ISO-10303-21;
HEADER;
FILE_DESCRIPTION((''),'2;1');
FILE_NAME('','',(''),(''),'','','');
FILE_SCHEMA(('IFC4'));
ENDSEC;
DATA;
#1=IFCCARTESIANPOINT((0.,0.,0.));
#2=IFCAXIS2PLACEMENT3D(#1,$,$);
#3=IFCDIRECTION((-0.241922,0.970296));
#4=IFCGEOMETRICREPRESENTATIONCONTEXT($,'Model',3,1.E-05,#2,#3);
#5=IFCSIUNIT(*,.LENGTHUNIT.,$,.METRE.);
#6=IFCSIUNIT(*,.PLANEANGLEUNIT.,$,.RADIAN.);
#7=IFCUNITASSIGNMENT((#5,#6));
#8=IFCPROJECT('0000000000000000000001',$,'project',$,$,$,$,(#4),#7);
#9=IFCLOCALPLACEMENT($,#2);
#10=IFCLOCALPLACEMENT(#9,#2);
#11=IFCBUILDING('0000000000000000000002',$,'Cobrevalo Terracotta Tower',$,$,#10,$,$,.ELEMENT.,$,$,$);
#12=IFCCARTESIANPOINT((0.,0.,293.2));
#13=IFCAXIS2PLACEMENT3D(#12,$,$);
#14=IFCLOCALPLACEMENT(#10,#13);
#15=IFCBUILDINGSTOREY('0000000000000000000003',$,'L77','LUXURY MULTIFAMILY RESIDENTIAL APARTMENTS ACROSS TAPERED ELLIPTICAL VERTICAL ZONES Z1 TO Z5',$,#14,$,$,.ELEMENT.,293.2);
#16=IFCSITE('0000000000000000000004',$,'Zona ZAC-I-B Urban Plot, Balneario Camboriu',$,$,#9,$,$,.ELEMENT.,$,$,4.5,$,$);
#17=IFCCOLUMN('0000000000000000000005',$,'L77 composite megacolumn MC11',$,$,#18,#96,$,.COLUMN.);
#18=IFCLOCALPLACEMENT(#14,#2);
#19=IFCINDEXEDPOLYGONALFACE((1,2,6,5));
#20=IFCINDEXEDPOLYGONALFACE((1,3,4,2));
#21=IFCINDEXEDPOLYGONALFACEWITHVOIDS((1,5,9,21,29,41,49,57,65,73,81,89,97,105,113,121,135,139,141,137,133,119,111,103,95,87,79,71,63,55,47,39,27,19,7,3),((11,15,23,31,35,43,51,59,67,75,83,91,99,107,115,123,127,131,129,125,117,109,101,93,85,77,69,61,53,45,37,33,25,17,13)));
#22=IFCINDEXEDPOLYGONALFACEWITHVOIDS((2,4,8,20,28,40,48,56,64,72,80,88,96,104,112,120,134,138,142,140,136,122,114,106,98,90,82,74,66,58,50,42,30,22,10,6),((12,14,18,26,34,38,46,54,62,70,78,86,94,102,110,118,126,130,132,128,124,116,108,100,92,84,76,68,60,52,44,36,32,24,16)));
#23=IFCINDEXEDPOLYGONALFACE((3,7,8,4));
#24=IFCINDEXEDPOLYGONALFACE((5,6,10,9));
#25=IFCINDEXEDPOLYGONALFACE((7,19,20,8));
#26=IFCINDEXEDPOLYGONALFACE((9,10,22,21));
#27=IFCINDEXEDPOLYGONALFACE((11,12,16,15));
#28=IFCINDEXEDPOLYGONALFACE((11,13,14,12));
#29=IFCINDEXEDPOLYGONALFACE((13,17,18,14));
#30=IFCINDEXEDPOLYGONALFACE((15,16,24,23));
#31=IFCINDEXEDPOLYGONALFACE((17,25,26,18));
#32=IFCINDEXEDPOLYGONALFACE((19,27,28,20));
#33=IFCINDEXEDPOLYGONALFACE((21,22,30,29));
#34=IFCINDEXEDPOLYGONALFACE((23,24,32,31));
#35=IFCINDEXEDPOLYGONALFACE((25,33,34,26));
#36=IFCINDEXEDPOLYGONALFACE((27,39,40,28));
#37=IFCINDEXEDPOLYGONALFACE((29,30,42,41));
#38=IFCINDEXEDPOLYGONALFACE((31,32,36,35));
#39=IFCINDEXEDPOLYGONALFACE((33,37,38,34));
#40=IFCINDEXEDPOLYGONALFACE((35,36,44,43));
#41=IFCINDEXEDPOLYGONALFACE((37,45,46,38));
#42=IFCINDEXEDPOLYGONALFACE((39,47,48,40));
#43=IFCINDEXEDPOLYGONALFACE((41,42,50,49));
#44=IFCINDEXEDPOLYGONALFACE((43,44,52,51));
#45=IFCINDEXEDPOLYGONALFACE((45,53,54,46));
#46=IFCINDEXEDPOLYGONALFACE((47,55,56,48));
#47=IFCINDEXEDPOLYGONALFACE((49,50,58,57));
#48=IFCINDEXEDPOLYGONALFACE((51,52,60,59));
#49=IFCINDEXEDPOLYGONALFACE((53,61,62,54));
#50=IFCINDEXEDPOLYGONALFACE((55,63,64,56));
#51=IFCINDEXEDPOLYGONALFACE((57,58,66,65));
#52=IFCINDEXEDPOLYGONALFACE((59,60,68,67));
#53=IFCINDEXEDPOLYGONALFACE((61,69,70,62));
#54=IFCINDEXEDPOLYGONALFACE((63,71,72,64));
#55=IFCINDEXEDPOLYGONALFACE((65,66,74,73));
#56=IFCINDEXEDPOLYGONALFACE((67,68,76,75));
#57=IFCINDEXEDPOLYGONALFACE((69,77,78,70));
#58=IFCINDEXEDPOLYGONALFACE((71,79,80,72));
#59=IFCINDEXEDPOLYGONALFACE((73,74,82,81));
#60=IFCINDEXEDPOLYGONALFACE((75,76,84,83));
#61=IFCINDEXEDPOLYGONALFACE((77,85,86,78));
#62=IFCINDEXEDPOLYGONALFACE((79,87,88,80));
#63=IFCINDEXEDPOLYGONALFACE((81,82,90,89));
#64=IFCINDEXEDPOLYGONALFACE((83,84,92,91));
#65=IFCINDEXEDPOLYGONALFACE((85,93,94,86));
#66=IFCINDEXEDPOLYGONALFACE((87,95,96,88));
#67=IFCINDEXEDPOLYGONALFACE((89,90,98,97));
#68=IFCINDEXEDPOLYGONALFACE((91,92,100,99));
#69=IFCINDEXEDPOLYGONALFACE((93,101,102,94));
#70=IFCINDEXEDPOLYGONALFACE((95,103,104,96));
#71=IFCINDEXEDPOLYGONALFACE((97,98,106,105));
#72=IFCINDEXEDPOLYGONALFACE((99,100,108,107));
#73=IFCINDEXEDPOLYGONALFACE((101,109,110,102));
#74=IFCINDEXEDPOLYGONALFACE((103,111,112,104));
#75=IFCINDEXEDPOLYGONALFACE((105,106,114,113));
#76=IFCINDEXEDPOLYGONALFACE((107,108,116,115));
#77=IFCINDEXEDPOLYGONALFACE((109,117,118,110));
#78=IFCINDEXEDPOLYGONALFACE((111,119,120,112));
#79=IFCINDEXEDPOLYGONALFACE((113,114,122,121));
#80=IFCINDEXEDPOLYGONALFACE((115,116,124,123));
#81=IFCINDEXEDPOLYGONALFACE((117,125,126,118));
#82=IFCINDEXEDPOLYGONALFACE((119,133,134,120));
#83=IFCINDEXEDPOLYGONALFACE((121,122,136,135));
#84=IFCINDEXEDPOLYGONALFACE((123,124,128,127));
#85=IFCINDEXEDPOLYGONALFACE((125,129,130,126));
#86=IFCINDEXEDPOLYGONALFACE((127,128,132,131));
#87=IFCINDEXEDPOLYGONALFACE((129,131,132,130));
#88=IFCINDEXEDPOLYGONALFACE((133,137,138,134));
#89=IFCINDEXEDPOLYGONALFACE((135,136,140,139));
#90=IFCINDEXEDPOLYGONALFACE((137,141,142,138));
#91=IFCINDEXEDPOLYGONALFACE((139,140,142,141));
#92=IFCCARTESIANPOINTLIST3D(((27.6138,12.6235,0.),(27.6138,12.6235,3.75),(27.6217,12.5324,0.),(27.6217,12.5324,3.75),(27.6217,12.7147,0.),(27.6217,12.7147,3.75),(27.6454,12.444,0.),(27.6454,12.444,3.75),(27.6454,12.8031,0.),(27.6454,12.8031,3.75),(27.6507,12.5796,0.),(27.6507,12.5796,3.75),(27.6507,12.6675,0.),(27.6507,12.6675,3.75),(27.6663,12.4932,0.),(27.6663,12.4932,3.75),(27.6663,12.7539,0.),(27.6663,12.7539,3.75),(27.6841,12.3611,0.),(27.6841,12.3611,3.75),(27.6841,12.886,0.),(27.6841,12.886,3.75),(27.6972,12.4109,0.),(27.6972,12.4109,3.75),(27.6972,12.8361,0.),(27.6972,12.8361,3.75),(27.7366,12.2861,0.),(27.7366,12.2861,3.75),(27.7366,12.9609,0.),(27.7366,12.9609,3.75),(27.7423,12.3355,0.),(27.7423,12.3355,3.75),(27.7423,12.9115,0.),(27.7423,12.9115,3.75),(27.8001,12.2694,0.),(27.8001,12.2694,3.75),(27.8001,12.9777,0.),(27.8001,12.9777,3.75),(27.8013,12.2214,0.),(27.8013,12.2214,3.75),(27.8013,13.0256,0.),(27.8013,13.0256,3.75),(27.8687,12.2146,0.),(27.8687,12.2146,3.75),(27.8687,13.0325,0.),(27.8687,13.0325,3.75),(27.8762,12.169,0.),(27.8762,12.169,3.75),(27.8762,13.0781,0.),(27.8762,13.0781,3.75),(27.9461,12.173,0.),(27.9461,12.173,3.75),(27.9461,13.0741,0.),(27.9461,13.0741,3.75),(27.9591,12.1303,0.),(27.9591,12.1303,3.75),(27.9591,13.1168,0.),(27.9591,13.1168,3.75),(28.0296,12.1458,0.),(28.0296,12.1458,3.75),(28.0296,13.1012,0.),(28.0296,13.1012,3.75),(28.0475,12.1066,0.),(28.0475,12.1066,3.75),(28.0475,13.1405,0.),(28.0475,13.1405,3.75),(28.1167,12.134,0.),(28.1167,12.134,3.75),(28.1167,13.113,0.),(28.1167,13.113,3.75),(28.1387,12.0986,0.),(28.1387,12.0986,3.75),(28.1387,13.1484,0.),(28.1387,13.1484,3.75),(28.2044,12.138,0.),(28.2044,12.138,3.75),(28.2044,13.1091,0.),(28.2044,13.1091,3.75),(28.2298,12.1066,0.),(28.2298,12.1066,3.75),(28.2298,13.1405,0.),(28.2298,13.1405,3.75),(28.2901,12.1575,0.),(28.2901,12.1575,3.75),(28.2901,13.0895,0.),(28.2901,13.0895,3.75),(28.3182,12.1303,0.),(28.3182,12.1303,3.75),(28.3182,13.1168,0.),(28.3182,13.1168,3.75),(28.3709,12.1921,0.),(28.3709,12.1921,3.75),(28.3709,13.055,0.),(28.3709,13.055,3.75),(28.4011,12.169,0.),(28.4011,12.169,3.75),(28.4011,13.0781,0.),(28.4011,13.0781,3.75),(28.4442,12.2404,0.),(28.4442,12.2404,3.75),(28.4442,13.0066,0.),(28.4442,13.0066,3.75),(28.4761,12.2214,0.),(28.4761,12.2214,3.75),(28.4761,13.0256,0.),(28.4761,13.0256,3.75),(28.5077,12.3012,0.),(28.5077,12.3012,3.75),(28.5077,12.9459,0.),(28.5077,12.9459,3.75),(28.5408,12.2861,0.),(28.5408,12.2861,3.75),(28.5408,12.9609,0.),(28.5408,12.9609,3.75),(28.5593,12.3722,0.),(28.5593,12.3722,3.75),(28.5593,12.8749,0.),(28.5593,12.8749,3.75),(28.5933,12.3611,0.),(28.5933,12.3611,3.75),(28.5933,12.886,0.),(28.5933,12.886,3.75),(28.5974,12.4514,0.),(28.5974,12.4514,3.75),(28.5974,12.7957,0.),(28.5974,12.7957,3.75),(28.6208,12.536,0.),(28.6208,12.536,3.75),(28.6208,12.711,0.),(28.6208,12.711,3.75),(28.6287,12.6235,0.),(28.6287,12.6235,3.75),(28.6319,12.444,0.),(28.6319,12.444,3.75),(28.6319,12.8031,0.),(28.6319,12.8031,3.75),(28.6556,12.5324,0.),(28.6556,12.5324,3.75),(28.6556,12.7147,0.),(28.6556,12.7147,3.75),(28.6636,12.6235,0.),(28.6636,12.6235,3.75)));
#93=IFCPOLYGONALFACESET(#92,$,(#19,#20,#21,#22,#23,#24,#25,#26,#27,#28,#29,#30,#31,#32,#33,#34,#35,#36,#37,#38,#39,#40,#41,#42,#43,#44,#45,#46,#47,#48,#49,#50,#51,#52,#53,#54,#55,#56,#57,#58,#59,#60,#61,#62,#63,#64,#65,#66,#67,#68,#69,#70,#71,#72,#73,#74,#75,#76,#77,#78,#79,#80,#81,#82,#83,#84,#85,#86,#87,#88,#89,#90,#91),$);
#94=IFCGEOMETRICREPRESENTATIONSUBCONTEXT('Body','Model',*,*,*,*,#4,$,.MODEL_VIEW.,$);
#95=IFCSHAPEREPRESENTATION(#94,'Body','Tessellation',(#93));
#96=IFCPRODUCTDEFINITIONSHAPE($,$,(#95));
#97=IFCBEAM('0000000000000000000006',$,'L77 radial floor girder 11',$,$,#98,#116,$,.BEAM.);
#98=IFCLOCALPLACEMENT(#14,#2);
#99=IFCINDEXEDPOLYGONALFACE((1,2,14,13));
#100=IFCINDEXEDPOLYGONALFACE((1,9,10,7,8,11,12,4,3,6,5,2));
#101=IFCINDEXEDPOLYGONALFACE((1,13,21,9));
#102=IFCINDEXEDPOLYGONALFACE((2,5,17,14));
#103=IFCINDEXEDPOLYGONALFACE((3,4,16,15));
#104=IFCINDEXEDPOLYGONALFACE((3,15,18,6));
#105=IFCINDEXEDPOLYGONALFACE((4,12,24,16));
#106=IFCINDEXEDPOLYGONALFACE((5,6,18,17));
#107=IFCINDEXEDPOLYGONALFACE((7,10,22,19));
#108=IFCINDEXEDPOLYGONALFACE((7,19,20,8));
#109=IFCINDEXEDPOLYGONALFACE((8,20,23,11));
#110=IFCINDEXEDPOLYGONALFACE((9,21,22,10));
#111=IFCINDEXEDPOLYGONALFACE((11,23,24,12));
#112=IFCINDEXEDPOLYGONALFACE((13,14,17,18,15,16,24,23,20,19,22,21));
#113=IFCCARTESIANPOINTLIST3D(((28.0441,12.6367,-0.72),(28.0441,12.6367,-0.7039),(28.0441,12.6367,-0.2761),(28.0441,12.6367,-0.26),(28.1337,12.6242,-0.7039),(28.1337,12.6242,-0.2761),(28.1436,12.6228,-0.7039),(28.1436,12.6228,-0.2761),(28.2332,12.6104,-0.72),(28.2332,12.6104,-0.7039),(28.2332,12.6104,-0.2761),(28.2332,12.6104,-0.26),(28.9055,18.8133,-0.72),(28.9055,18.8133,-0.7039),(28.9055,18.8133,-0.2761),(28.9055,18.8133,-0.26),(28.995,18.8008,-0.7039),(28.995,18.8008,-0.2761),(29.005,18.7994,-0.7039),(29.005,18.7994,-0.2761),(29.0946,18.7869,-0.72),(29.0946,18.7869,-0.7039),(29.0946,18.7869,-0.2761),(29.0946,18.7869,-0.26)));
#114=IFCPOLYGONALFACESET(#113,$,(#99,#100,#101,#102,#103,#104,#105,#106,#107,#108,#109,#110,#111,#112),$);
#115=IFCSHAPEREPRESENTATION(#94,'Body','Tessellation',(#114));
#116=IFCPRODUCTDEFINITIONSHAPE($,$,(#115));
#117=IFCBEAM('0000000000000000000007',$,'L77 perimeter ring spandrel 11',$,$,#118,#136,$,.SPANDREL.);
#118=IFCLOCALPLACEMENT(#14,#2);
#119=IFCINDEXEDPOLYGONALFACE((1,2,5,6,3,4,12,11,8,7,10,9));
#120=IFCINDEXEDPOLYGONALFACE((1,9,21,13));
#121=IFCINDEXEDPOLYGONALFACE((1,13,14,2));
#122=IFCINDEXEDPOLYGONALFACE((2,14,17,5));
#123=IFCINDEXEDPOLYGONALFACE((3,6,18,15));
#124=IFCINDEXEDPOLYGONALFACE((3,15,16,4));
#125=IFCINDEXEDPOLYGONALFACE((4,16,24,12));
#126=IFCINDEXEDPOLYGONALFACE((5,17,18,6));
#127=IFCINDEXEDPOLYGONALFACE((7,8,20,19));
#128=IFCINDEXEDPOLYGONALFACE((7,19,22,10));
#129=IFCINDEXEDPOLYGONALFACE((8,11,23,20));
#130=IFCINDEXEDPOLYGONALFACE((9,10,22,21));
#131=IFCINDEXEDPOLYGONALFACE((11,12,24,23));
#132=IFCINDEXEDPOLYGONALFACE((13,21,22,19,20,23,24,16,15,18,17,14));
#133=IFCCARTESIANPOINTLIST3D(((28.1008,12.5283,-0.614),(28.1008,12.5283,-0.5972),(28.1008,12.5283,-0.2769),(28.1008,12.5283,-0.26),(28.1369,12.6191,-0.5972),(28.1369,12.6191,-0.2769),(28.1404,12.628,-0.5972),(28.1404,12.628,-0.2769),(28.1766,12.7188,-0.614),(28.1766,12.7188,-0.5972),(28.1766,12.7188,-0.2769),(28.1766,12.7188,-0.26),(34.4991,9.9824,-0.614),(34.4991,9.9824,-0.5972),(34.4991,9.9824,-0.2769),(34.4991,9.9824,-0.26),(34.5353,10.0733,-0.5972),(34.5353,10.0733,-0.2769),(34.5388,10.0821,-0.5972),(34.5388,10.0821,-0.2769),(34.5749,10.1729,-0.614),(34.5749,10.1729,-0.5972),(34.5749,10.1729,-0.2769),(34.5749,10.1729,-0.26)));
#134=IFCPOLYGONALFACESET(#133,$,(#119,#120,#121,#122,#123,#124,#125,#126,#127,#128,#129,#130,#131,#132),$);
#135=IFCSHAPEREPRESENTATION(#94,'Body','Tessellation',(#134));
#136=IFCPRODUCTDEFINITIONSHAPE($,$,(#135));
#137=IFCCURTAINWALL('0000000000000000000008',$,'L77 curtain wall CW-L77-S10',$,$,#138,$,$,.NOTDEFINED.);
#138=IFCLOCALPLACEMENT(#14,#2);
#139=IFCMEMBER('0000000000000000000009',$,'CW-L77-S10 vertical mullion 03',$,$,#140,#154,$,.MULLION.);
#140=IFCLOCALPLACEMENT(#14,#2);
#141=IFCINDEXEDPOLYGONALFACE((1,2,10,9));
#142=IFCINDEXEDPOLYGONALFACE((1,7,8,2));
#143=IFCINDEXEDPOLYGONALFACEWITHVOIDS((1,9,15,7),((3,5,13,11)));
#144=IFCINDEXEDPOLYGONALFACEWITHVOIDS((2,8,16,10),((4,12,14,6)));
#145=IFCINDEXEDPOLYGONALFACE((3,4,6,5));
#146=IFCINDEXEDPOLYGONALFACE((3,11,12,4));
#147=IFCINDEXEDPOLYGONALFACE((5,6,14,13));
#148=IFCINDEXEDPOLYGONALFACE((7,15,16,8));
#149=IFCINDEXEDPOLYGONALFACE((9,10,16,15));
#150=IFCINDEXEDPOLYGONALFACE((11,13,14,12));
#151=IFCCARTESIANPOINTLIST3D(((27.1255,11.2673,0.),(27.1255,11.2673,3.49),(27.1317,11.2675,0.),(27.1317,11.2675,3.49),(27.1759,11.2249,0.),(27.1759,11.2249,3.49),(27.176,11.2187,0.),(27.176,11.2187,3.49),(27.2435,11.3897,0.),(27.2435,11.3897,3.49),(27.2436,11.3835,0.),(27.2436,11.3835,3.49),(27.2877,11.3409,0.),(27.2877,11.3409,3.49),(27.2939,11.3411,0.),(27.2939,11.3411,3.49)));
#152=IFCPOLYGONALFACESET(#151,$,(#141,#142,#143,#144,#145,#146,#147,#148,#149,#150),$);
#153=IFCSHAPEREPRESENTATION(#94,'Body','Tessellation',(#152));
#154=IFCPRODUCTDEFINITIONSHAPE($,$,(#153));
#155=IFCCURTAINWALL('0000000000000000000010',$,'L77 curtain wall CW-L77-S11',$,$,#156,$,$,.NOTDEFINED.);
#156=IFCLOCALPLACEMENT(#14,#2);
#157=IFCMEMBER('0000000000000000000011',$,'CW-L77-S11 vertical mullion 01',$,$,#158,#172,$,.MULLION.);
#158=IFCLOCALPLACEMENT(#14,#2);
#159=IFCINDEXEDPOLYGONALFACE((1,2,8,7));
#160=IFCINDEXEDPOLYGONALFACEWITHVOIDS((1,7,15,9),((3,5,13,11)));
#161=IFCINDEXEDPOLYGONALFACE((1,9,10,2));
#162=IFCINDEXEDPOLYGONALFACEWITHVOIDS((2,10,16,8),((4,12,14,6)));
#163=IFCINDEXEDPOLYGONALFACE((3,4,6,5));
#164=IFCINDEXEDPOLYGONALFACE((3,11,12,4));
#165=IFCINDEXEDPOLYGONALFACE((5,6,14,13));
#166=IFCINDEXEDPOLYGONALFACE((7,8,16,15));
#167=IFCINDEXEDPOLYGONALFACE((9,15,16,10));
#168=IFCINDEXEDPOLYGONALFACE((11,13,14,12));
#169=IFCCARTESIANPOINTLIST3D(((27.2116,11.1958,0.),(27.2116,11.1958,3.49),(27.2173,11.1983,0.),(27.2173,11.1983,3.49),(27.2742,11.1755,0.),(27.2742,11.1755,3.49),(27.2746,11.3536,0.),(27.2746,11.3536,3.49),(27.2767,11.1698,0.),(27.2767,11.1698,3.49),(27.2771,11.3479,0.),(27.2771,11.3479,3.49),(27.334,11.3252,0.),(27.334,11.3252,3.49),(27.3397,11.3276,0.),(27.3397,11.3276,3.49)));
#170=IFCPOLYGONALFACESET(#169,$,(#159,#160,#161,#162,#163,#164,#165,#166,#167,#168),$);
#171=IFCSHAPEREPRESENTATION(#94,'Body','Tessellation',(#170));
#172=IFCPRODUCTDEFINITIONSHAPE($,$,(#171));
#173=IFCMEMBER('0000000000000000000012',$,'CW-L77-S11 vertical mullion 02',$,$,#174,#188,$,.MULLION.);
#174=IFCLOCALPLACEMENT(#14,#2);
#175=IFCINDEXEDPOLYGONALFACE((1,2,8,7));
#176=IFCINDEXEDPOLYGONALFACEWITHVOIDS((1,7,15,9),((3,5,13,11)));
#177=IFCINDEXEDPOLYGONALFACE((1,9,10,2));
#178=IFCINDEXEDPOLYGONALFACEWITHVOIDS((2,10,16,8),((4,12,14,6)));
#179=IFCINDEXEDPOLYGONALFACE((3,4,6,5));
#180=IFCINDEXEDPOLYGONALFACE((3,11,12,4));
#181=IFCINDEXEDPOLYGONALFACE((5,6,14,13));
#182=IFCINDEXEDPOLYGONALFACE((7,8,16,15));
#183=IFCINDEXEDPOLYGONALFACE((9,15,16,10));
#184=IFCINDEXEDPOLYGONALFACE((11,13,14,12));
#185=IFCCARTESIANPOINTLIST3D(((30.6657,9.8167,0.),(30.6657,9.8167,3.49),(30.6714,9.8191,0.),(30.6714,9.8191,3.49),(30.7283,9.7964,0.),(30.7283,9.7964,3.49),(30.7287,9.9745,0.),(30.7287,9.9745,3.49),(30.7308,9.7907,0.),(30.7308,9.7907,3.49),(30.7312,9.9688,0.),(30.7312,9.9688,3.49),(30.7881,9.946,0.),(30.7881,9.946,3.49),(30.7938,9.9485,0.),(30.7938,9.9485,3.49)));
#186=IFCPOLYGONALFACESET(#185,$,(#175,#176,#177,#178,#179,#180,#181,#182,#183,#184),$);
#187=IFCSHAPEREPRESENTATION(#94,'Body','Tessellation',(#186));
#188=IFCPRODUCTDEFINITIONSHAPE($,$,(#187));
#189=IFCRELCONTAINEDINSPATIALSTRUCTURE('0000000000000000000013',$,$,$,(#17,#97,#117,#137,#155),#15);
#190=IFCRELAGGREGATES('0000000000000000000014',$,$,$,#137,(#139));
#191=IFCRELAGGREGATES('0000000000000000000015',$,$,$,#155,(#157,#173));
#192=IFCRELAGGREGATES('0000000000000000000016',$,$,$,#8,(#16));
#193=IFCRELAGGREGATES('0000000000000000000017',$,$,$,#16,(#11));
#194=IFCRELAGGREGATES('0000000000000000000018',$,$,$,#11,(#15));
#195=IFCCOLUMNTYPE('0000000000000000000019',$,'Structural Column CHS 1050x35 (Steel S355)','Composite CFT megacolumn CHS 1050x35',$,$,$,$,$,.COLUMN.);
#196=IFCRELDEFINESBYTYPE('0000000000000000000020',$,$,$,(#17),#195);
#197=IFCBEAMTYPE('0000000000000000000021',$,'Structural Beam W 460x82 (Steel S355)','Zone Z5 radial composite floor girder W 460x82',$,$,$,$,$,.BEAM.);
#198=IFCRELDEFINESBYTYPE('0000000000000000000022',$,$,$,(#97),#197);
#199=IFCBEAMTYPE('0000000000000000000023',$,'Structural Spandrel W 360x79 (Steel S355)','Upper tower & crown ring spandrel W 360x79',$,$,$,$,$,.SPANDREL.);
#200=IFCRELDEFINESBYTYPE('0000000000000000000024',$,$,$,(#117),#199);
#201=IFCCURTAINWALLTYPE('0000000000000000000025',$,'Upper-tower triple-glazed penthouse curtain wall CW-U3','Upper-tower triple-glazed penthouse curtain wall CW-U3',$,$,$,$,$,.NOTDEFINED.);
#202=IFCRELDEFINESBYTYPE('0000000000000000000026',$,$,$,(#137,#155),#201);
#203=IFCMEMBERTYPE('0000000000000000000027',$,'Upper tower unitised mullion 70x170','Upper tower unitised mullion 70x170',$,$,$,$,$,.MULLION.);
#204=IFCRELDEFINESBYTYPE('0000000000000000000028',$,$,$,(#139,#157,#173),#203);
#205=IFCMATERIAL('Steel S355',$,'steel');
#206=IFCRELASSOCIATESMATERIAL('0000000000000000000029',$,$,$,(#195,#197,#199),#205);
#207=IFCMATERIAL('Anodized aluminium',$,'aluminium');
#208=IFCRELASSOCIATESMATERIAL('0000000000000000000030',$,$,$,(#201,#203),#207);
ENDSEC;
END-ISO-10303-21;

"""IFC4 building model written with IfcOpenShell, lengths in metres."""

from ifc_helpers import new_model, si_unit, direction, frame, origin, origin_2d, place, context, subcontext, project, spatial, hollow_rectangle, hollow_circle, i_section, extrude, source, transform, mapped, material, material_profile, profile_set, type_object, element, aggregate, save


model = new_model("IFC4")

# Units and contexts
model_context = context("Model", 3, precision=1e-05, world=origin(), true_north=direction((-0.241922, 0.970296)))
body_context = subcontext(model_context, "Body", "Model", "MODEL_VIEW")
ifc_project = project(units=[si_unit("LENGTHUNIT", "METRE"), si_unit("PLANEANGLEUNIT", "RADIAN")], contexts=[model_context])

# Site, building, storey
site_placement = place(None, origin())
site = spatial("IfcSite", under=ifc_project, at=site_placement, Name="Zona ZAC-I-B Urban Plot, Balneario Camboriu", CompositionType="ELEMENT", RefElevation=4.5)
building_placement = place(site_placement, origin())
building = spatial("IfcBuilding", under=site, at=building_placement, Name="Cobrevalo Terracotta Tower", CompositionType="ELEMENT")
storey_placement = place(building_placement, frame((0.0, 0.0, 293.2)))
storey = spatial("IfcBuildingStorey", under=building, at=storey_placement, Name="L77", Description="LUXURY MULTIFAMILY RESIDENTIAL APARTMENTS ACROSS TAPERED ELLIPTICAL VERTICAL ZONES Z1 TO Z5", CompositionType="ELEMENT", Elevation=293.2)

# Column
ifc_material_1 = material(Name="Steel S355", Category="steel")
ifc_material_profile_1 = material_profile(ifc_material_1, hollow_circle(Radius=0.5249, WallThickness=0.0349, at=origin_2d()), Name="CHS 1050x35")
ifc_profile_set_1 = profile_set([ifc_material_profile_1], Name="Steel S355")
column_type = type_object("IfcColumnType", Name="Structural Column CHS 1050x35 (Steel S355)", Description="Composite CFT megacolumn CHS 1050x35", PredefinedType="COLUMN", material=ifc_profile_set_1)
column_placement = place(storey_placement, frame((28.1387, 12.6235, 0.0), z_axis=(0.0, 0.0, 1.0), x_axis=(1.0, 0.0, 0.0)))
element("IfcColumn", 1, at=column_placement, inside=storey, type_object=column_type, Name="L77 composite megacolumn MC11", PredefinedType="COLUMN", context=body_context, shape_type="SweptSolid", body=[
    extrude(hollow_circle(Radius=0.5249, WallThickness=0.0349, at=origin_2d()), origin(), (0.0, 0.0, 1.0), 3.75),
])

# Beams
ifc_material_profile_2 = material_profile(ifc_material_1, i_section(OverallWidth=0.1909, OverallDepth=0.46, WebThickness=0.01, FlangeThickness=0.0161, at=origin_2d()), Name="W 460x82")
ifc_profile_set_2 = profile_set([ifc_material_profile_2], Name="Steel S355")
beam_type_1 = type_object("IfcBeamType", Name="Structural Beam W 460x82 (Steel S355)", Description="Zone Z5 radial composite floor girder W 460x82", PredefinedType="BEAM", material=ifc_profile_set_2)
beam_1_placement = place(storey_placement, frame((28.1387, 12.6235, -0.49), z_axis=(0.138116, 0.990416, 0.0), x_axis=(-0.990416, 0.138116, 0.0)))
element("IfcBeam", 2, at=beam_1_placement, inside=storey, type_object=beam_type_1, Name="L77 radial floor girder 11", PredefinedType="BEAM", context=body_context, shape_type="SweptSolid", body=[
    extrude(i_section(OverallWidth=0.1909, OverallDepth=0.46, WebThickness=0.01, FlangeThickness=0.0161, at=origin_2d()), origin(), (0.0, 0.0, 1.0), 6.2363),
])
ifc_material_profile_3 = material_profile(ifc_material_1, i_section(OverallWidth=0.2051, OverallDepth=0.354, WebThickness=0.0095, FlangeThickness=0.0168, at=origin_2d()), Name="W 360x79")
ifc_profile_set_3 = profile_set([ifc_material_profile_3], Name="Steel S355")
beam_type_2 = type_object("IfcBeamType", Name="Structural Spandrel W 360x79 (Steel S355)", Description="Upper tower & crown ring spandrel W 360x79", PredefinedType="SPANDREL", material=ifc_profile_set_3)
beam_2_placement = place(storey_placement, frame((28.1387, 12.6235, -0.437), z_axis=(0.92915, -0.369703, 0.0), x_axis=(0.369703, 0.92915, 0.0)))
element("IfcBeam", 3, at=beam_2_placement, inside=storey, type_object=beam_type_2, Name="L77 perimeter ring spandrel 11", PredefinedType="SPANDREL", context=body_context, shape_type="SweptSolid", body=[
    extrude(i_section(OverallWidth=0.2051, OverallDepth=0.354, WebThickness=0.0095, FlangeThickness=0.0168, at=origin_2d()), origin(), (0.0, 0.0, 1.0), 6.8862),
])

# Curtain wall, member
ifc_material_2 = material(Name="Anodized aluminium", Category="aluminium")
curtain_wall_type = type_object("IfcCurtainWallType", Name="Upper-tower triple-glazed penthouse curtain wall CW-U3", Description="Upper-tower triple-glazed penthouse curtain wall CW-U3", PredefinedType="NOTDEFINED", material=ifc_material_2)
curtain_wall_1_placement = place(storey_placement, origin())
curtain_wall_1 = element("IfcCurtainWall", 4, at=curtain_wall_1_placement, inside=storey, type_object=curtain_wall_type, Name="L77 curtain wall CW-L77-S10", PredefinedType="NOTDEFINED")
ifc_material_profile_4 = material_profile(ifc_material_2, hollow_rectangle(XDim=0.0701, YDim=0.1699, WallThickness=0.0044, at=origin_2d()), Name="CWM 70x170")
ifc_profile_set_4 = profile_set([ifc_material_profile_4], Name="Anodized aluminium")
member_type_1 = type_object("IfcMemberType", Name="Upper tower unitised mullion 70x170", Description="Upper tower unitised mullion 70x170", PredefinedType="MULLION", material=ifc_profile_set_4)
shared_shape_1 = source(origin(), body_context, "Body", "SweptSolid", [
    extrude(hollow_rectangle(XDim=0.0701, YDim=0.1699, WallThickness=0.0044, at=origin_2d()), origin(), (0.0, 0.0, 1.0), 3.49),
])
member_1_placement = place(storey_placement, frame((27.2097, 11.3042, 0.0), z_axis=(0.0, 0.0, 1.0), x_axis=(0.719994, -0.69398, 0.0)))
member_1 = element("IfcMember", 5, at=member_1_placement, type_object=member_type_1, Name="CW-L77-S10 vertical mullion 03", PredefinedType="MULLION", context=body_context, shape_type="MappedRepresentation", body=[
    mapped(shared_shape_1, transform((0.0, 0.0, 0.0), scale=1.0)),
])

# Curtain wall, members
curtain_wall_2_placement = place(storey_placement, origin())
curtain_wall_2 = element("IfcCurtainWall", 6, at=curtain_wall_2_placement, inside=storey, type_object=curtain_wall_type, Name="L77 curtain wall CW-L77-S11", PredefinedType="NOTDEFINED")
member_2_placement = place(storey_placement, frame((27.2756, 11.2617, 0.0), z_axis=(0.0, 0.0, 1.0), x_axis=(0.928719, -0.370784, 0.0)))
member_2 = element("IfcMember", 7, at=member_2_placement, type_object=member_type_1, Name="CW-L77-S11 vertical mullion 01", PredefinedType="MULLION", context=body_context, shape_type="MappedRepresentation", body=[
    mapped(shared_shape_1, transform((0.0, 0.0, 0.0), scale=1.0)),
])
member_3_placement = place(storey_placement, frame((30.7297, 9.8826, 0.0), z_axis=(0.0, 0.0, 1.0), x_axis=(0.928719, -0.370784, 0.0)))
member_3 = element("IfcMember", 8, at=member_3_placement, type_object=member_type_1, Name="CW-L77-S11 vertical mullion 02", PredefinedType="MULLION", context=body_context, shape_type="MappedRepresentation", body=[
    mapped(shared_shape_1, transform((0.0, 0.0, 0.0), scale=1.0)),
])

aggregate(curtain_wall_1, [member_1])
aggregate(curtain_wall_2, [member_2, member_3])

save(model, "model.ifc")
